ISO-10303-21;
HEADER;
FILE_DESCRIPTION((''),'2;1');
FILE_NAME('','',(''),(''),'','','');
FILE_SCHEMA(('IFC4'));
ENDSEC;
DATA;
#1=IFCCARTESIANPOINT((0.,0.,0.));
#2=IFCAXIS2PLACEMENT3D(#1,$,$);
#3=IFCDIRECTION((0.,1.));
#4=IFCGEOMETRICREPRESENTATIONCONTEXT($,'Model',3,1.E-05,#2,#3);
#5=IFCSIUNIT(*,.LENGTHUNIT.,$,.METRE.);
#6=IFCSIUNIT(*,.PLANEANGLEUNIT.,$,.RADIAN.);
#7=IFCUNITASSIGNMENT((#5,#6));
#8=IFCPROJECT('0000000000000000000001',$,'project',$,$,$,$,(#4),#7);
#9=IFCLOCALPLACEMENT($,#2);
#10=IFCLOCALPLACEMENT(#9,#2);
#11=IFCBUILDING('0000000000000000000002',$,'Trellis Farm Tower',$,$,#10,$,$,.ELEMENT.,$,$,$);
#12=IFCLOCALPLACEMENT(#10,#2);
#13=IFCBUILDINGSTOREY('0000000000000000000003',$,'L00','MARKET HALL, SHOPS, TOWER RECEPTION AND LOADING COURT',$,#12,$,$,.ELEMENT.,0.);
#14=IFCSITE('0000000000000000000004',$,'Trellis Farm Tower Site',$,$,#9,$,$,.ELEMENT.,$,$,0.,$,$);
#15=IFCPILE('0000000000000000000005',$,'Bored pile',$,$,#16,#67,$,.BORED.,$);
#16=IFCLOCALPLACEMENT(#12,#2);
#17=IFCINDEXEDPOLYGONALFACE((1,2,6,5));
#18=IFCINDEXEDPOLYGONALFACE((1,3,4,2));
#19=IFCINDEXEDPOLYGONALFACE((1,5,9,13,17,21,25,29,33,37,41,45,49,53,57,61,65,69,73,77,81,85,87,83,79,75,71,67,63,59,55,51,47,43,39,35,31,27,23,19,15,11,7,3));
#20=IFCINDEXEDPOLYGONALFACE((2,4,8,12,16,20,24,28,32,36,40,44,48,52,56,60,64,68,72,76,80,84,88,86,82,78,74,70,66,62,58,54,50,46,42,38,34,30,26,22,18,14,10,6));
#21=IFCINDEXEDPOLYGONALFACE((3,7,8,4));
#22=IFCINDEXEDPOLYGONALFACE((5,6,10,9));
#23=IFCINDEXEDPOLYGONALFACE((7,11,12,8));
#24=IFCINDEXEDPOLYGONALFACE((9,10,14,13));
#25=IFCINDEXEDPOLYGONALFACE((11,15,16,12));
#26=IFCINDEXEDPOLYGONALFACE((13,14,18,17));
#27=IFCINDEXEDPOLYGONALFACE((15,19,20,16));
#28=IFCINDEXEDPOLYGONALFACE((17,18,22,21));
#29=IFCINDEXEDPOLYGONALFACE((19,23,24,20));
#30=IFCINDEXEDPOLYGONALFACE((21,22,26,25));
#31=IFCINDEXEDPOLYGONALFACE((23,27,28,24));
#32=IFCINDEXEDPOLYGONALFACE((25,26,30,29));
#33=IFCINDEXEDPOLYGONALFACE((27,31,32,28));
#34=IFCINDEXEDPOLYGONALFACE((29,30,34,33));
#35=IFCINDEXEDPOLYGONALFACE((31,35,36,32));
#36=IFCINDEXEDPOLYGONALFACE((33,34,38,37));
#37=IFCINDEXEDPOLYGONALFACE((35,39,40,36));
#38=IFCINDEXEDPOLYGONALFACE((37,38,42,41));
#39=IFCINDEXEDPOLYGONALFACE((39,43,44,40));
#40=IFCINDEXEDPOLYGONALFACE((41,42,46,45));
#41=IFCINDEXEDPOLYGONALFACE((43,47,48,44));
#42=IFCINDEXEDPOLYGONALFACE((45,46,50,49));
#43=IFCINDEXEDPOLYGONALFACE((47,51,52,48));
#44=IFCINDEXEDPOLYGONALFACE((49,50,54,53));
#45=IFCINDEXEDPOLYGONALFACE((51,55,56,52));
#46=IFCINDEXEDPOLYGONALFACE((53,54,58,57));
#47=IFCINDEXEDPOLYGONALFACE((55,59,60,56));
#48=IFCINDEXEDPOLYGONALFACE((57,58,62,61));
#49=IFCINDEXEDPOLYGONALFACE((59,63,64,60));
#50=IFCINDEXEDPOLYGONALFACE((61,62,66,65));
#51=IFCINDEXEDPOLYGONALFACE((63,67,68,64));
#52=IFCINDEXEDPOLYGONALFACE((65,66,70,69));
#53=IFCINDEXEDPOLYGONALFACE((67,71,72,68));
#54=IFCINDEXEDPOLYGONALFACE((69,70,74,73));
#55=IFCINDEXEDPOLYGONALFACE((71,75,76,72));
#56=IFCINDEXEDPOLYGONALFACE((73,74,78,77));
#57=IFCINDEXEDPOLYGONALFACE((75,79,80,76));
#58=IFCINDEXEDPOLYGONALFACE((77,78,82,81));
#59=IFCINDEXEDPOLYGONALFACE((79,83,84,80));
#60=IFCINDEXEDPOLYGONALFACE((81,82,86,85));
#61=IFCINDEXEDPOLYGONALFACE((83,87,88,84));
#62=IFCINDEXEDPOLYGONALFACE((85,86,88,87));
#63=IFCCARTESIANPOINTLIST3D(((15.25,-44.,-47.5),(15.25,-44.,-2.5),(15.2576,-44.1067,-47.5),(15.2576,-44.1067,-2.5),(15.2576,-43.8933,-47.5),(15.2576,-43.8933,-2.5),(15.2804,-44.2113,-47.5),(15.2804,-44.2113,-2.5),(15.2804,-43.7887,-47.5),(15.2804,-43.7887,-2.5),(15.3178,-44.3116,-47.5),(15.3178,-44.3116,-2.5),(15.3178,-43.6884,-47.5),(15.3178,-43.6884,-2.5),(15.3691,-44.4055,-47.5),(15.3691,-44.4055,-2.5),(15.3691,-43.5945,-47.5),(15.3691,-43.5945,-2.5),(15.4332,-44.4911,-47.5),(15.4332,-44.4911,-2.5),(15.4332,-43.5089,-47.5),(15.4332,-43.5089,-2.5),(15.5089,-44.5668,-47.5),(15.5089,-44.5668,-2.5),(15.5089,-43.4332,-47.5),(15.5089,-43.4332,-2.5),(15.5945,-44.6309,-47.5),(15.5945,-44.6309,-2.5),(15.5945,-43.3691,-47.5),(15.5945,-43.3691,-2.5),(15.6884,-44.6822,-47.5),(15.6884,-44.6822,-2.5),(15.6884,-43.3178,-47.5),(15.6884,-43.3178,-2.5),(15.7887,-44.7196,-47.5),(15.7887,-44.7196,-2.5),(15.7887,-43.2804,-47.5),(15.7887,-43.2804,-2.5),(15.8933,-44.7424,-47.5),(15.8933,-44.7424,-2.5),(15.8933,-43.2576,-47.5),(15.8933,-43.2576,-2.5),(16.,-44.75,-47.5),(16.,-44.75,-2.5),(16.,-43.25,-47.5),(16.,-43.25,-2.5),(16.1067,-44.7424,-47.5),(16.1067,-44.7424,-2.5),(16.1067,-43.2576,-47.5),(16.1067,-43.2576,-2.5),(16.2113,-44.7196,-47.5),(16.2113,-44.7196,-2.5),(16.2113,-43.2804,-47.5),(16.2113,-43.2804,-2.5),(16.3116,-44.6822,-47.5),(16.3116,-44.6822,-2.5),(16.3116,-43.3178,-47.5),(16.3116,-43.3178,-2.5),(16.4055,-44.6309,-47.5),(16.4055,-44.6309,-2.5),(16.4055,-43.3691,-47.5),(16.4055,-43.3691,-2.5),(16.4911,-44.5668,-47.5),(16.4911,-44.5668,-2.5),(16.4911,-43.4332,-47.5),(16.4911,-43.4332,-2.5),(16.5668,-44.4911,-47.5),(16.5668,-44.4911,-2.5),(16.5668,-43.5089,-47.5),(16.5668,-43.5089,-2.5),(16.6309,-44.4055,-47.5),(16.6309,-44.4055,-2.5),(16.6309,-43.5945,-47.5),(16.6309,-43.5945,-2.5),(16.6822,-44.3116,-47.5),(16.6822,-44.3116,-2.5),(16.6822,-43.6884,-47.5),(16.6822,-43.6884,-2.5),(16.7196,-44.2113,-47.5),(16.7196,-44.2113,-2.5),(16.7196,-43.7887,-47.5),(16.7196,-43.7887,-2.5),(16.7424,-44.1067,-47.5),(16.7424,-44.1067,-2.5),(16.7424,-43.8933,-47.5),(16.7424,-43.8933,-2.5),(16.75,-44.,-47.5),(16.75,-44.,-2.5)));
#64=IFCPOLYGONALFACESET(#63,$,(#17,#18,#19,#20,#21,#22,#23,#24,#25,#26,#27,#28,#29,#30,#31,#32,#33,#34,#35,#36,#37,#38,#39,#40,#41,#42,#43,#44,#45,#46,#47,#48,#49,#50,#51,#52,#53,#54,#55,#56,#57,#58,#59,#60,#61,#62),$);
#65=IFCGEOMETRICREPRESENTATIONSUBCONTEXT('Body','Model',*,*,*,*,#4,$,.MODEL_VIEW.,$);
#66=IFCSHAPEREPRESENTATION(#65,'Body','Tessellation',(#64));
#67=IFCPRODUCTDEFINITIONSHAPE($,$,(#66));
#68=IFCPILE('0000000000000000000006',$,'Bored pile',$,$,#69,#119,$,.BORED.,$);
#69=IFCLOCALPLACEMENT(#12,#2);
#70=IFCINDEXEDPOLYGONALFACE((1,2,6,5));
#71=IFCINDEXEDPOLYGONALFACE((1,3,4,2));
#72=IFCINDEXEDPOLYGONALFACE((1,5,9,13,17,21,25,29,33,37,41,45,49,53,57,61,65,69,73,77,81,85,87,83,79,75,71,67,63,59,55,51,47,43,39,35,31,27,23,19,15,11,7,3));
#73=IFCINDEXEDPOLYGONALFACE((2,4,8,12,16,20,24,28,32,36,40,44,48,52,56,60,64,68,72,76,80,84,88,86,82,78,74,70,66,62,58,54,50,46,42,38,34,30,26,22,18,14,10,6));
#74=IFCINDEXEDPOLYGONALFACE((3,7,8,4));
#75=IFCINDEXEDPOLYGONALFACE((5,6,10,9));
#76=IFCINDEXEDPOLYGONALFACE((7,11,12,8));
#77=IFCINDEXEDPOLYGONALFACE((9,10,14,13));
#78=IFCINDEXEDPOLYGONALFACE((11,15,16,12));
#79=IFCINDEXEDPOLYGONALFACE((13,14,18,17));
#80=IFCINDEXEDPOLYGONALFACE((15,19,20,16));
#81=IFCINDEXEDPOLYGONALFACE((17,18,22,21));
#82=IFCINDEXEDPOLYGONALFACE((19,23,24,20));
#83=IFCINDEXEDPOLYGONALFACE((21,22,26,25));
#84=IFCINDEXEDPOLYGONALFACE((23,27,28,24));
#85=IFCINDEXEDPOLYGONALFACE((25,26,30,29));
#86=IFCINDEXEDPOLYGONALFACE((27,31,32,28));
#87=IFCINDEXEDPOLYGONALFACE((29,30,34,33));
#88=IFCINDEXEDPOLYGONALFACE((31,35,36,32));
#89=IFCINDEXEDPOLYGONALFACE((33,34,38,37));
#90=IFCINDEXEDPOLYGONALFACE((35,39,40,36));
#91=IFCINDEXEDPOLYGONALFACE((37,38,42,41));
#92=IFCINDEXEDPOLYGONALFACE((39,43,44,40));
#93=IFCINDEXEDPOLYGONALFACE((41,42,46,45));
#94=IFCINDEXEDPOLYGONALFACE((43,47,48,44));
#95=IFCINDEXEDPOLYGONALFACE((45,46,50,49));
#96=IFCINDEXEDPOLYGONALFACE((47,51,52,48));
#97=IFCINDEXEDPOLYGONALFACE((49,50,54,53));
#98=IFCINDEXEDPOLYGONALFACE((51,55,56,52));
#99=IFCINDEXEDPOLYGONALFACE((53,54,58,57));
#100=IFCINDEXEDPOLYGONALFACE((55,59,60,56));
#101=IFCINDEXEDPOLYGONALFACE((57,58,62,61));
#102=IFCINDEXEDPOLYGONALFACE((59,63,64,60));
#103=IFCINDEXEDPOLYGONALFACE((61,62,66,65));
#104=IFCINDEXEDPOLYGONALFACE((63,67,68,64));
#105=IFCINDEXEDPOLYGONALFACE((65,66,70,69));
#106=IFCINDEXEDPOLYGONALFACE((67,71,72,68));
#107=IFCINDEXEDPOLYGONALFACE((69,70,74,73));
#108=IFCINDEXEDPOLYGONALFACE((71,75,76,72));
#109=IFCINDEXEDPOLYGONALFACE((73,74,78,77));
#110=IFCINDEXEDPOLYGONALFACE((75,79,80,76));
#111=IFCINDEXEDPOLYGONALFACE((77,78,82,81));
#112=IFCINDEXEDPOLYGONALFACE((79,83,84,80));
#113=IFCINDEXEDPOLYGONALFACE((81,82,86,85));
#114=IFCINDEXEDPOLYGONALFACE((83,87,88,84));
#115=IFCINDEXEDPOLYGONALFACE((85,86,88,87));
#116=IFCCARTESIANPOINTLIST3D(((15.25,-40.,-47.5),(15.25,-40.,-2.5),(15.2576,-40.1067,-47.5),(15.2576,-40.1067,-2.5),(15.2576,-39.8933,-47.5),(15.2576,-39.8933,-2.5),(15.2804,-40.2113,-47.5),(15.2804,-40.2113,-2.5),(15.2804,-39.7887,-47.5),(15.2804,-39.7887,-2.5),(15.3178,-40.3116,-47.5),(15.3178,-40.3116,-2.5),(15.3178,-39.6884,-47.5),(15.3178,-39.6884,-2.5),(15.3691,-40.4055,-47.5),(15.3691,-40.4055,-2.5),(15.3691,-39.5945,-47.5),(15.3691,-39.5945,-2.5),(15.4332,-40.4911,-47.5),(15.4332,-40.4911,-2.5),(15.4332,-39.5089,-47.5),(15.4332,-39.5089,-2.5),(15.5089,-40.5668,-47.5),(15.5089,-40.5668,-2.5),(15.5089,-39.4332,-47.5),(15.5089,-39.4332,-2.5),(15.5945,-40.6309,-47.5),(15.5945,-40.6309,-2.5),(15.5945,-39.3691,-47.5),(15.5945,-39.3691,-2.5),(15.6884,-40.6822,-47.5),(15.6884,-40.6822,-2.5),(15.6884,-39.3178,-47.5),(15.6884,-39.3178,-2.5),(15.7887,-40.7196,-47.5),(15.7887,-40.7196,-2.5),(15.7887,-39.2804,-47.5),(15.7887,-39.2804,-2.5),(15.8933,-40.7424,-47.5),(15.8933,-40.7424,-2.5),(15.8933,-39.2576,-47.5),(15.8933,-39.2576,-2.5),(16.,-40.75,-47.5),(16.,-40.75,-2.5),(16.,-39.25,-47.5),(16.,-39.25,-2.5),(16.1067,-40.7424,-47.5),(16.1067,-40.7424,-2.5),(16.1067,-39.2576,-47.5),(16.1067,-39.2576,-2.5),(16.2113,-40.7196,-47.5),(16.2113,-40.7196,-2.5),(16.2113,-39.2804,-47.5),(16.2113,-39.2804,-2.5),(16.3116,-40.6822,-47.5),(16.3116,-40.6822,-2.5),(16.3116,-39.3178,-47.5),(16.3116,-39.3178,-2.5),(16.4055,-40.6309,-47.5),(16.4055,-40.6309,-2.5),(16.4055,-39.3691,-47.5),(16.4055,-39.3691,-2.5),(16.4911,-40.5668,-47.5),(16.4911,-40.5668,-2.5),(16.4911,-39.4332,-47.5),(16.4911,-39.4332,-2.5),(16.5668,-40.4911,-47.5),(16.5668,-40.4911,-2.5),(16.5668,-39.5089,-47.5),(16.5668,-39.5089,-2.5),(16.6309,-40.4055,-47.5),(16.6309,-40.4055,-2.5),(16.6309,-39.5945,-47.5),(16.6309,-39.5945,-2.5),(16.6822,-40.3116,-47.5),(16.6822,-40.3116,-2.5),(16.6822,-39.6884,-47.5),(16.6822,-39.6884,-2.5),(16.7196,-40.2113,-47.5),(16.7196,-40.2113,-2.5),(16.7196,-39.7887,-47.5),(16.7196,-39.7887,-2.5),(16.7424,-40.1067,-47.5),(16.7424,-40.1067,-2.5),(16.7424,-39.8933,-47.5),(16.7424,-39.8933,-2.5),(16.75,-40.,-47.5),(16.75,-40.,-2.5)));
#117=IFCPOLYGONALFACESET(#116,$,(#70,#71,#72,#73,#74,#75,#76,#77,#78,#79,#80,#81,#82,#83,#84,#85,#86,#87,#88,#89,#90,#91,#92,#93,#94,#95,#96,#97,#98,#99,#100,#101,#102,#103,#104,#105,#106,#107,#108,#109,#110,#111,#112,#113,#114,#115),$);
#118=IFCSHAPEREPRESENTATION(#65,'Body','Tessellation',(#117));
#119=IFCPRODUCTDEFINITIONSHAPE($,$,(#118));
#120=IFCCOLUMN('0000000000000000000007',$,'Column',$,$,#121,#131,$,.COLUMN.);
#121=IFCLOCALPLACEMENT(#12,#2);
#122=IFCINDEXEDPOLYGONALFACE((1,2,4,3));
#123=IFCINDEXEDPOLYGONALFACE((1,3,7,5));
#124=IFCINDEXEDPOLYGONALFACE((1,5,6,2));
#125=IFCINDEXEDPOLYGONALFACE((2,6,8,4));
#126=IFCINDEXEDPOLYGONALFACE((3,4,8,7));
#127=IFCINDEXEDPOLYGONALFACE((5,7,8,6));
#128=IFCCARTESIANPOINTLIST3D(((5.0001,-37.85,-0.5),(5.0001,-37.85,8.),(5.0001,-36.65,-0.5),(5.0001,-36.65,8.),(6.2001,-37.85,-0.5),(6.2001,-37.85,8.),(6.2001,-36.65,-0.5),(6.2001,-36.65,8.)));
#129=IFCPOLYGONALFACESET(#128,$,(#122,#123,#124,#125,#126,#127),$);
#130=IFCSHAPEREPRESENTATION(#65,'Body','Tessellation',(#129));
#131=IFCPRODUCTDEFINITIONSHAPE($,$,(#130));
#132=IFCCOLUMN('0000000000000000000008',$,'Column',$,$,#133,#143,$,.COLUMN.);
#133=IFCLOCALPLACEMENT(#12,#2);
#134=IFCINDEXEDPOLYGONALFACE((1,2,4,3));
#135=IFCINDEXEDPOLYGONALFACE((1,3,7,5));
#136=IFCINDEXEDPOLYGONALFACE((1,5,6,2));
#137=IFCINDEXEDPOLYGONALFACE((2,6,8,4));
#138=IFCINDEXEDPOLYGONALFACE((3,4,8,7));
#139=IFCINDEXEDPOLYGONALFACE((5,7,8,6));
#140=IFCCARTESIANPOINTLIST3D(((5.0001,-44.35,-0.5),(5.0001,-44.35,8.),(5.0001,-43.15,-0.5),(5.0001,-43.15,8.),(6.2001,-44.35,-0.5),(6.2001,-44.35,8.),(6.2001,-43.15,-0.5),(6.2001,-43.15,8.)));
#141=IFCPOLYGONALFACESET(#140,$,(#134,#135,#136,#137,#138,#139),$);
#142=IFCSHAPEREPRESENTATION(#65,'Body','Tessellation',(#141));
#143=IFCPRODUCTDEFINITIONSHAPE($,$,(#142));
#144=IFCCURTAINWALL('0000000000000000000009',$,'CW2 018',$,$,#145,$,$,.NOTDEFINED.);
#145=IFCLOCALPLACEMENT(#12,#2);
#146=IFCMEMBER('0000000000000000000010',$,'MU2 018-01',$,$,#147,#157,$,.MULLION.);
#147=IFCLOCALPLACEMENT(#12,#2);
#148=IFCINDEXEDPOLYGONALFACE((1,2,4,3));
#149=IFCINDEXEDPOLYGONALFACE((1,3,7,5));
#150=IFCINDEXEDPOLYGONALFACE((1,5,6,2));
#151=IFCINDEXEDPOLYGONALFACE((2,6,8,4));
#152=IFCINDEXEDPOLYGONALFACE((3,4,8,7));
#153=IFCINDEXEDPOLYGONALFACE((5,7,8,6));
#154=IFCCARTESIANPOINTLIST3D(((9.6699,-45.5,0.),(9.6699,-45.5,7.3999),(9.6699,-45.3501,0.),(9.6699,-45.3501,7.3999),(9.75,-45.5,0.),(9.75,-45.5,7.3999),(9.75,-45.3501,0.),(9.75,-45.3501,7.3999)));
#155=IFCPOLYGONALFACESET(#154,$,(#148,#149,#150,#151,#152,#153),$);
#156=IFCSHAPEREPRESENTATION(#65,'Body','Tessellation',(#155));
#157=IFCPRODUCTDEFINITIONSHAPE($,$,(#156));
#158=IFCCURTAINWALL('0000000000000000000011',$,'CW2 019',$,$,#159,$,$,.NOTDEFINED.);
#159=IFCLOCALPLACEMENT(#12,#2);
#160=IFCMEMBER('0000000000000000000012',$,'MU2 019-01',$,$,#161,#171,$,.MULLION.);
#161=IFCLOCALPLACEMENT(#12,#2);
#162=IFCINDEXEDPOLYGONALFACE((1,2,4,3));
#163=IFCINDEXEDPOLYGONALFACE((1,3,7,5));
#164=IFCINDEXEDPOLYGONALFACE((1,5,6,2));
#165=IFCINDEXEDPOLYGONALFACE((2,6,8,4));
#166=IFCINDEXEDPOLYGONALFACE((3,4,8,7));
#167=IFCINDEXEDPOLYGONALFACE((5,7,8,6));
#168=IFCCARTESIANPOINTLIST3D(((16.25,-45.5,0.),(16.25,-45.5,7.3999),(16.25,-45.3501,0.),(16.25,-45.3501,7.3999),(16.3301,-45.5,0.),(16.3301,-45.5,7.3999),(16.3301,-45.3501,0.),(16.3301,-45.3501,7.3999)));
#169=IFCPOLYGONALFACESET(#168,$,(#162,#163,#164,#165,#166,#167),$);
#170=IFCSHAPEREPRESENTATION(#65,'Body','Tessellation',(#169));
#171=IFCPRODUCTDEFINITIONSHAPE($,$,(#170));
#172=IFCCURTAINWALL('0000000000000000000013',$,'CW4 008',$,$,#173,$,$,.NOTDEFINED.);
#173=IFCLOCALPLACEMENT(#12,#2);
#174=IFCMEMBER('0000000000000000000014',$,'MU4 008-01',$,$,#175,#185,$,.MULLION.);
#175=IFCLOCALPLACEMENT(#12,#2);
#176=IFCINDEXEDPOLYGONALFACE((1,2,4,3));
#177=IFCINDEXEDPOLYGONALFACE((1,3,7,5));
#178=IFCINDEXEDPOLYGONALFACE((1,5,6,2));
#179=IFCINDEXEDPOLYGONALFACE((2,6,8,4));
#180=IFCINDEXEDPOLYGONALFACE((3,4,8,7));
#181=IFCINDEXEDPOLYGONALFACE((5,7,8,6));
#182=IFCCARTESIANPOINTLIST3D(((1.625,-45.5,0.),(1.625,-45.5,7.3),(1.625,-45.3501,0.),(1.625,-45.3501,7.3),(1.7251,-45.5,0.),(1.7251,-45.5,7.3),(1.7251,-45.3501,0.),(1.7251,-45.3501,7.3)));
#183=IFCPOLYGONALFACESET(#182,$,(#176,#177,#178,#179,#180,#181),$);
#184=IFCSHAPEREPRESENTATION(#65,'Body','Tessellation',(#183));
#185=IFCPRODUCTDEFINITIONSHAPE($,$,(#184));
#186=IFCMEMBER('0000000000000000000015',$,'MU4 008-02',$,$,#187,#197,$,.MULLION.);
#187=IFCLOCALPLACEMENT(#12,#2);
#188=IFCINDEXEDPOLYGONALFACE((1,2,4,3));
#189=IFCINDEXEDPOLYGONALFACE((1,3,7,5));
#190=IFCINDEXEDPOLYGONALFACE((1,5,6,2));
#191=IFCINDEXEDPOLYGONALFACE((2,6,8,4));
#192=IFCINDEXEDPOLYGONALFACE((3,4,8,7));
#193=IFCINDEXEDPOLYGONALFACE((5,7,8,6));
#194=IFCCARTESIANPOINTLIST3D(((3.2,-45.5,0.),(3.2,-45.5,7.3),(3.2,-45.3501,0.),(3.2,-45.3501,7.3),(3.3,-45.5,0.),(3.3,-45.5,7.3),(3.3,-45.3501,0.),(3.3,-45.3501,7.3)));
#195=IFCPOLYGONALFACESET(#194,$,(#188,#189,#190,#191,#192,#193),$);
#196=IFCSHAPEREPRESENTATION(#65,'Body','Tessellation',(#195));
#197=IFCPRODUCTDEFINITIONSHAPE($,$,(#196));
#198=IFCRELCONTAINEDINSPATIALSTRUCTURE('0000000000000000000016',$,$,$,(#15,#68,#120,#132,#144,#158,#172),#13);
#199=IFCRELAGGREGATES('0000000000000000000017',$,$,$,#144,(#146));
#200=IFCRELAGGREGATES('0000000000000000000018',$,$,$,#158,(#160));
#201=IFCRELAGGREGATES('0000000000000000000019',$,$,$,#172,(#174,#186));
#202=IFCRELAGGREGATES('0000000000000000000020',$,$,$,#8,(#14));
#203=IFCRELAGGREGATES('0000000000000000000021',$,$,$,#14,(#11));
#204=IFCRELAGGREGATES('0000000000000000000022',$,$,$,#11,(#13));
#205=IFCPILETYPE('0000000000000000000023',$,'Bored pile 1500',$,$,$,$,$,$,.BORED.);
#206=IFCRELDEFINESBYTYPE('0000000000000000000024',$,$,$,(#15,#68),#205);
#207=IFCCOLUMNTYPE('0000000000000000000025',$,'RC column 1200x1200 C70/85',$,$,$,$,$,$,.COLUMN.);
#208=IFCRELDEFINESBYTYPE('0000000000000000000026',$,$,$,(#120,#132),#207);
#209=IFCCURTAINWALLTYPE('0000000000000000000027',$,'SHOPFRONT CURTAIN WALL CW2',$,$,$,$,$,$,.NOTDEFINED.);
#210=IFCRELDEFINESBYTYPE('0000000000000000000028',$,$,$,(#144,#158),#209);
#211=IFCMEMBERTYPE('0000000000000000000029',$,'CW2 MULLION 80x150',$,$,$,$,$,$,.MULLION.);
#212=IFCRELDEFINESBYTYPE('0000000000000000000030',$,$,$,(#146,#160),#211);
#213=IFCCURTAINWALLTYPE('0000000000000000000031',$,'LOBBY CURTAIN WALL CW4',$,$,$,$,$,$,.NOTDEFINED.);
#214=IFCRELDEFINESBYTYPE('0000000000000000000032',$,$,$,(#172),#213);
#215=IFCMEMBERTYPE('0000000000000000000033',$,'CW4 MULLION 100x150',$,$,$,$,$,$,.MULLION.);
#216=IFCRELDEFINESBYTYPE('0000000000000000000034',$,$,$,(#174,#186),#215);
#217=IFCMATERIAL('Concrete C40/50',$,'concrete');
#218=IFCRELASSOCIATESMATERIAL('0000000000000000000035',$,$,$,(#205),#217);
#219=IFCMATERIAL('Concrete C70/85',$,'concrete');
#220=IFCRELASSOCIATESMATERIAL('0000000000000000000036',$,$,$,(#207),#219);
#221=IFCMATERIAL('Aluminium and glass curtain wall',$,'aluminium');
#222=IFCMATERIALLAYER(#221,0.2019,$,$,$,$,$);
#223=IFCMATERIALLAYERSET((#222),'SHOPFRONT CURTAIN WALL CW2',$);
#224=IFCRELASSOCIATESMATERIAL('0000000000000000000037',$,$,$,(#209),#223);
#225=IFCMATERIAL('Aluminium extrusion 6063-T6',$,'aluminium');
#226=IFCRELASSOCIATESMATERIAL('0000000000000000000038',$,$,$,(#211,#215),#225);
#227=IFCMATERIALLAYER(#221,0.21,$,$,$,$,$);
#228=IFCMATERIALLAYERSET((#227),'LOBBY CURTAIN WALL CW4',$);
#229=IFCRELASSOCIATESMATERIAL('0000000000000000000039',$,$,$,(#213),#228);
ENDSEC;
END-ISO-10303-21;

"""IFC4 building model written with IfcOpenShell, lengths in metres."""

from ifc_helpers import new_model, si_unit, direction, frame, origin, origin_2d, place, context, subcontext, project, spatial, rectangle, circle, extrude, source, transform, mapped, material, layer, layer_set, material_profile, profile_set, type_object, element, aggregate, save


model = new_model("IFC4")

# Units and contexts
model_context = context("Model", 3, precision=1e-05, world=origin(), true_north=direction((0.0, 1.0)))
body_context = subcontext(model_context, "Body", "Model", "MODEL_VIEW")
ifc_project = project(units=[si_unit("LENGTHUNIT", "METRE"), si_unit("PLANEANGLEUNIT", "RADIAN")], contexts=[model_context])

# Site, building, storey
site_placement = place(None, origin())
site = spatial("IfcSite", under=ifc_project, at=site_placement, Name="Trellis Farm Tower Site", CompositionType="ELEMENT", RefElevation=0.0)
building_placement = place(site_placement, origin())
building = spatial("IfcBuilding", under=site, at=building_placement, Name="Trellis Farm Tower", CompositionType="ELEMENT")
storey_placement = place(building_placement, origin())
storey = spatial("IfcBuildingStorey", under=building, at=storey_placement, Name="L00", Description="MARKET HALL, SHOPS, TOWER RECEPTION AND LOADING COURT", CompositionType="ELEMENT", Elevation=0.0)

# Piles
ifc_material_1 = material(Name="Concrete C40/50", Category="concrete")
ifc_material_profile_1 = material_profile(ifc_material_1, circle(Radius=0.75, at=origin_2d()), Name="Bored pile 1500")
ifc_profile_set_1 = profile_set([ifc_material_profile_1], Name="Concrete C40/50")
pile_type = type_object("IfcPileType", Name="Bored pile 1500", PredefinedType="BORED", material=ifc_profile_set_1)
shared_shape_1 = source(origin(), body_context, "Body", "SweptSolid", [
    extrude(circle(Radius=0.75, at=origin_2d()), origin(), (0.0, 0.0, 1.0), 45.0),
])
for number, where, z_axis, x_axis, name in (
    (1, (16.0, -44.0, -2.5), (0.0, 0.0, -1.0), (1.0, 0.0, 0.0), "Bored pile"),
    (2, (16.0, -40.0, -2.5), (0.0, 0.0, -1.0), (1.0, 0.0, 0.0), "Bored pile"),
):
    element("IfcPile", number, at=place(storey_placement, frame(where, z_axis=z_axis, x_axis=x_axis)), inside=storey, type_object=pile_type, Name=name, PredefinedType="BORED", context=body_context, shape_type="MappedRepresentation", body=[
        mapped(shared_shape_1, transform((0.0, 0.0, 0.0))),
    ])

# Columns
ifc_material_2 = material(Name="Concrete C70/85", Category="concrete")
ifc_material_profile_2 = material_profile(ifc_material_2, rectangle(XDim=1.2, YDim=1.2, at=origin_2d()), Name="RC column 1200x1200 C70/85")
ifc_profile_set_2 = profile_set([ifc_material_profile_2], Name="Concrete C70/85")
column_type = type_object("IfcColumnType", Name="RC column 1200x1200 C70/85", PredefinedType="COLUMN", material=ifc_profile_set_2)
shared_shape_2 = source(origin(), body_context, "Body", "SweptSolid", [
    extrude(rectangle(XDim=1.2, YDim=1.2, at=origin_2d()), origin(), (0.0, 0.0, 1.0), 8.5),
])
for number, where, z_axis, x_axis, name in (
    (3, (5.6001, -37.25, -0.5), (0.0, 0.0, 1.0), (1.0, 0.0, 0.0), "Column"),
    (4, (5.6001, -43.75, -0.5), (0.0, 0.0, 1.0), (1.0, 0.0, 0.0), "Column"),
):
    element("IfcColumn", number, at=place(storey_placement, frame(where, z_axis=z_axis, x_axis=x_axis)), inside=storey, type_object=column_type, Name=name, PredefinedType="COLUMN", context=body_context, shape_type="MappedRepresentation", body=[
        mapped(shared_shape_2, transform((0.0, 0.0, 0.0))),
    ])

# Curtain walls, members
ifc_material_3 = material(Name="Aluminium and glass curtain wall", Category="aluminium")
ifc_layer_1 = layer(ifc_material_3, 0.2019)
ifc_layer_set_1 = layer_set([ifc_layer_1], Name="SHOPFRONT CURTAIN WALL CW2")
curtain_wall_type_1 = type_object("IfcCurtainWallType", Name="SHOPFRONT CURTAIN WALL CW2", PredefinedType="NOTDEFINED", material=ifc_layer_set_1)
placement = place(storey_placement, origin())
curtain_wall_1 = element("IfcCurtainWall", 5, at=placement, inside=storey, type_object=curtain_wall_type_1, Name="CW2 018", PredefinedType="NOTDEFINED")
ifc_material_4 = material(Name="Aluminium extrusion 6063-T6", Category="aluminium")
ifc_material_profile_3 = material_profile(ifc_material_4, rectangle(XDim=0.0801, YDim=0.1499, at=origin_2d()), Name="MULLION 80x150")
ifc_profile_set_3 = profile_set([ifc_material_profile_3], Name="Aluminium extrusion 6063-T6")
member_type_1 = type_object("IfcMemberType", Name="CW2 MULLION 80x150", PredefinedType="MULLION", material=ifc_profile_set_3)
shared_shape_3 = source(origin(), body_context, "Body", "SweptSolid", [
    extrude(rectangle(XDim=0.0801, YDim=0.1499, at=origin_2d()), origin(), (0.0, 0.0, 1.0), 7.3999),
])
member_1_placement = place(storey_placement, frame((9.71, -45.425, 0.0), z_axis=(0.0, 0.0, 1.0), x_axis=(1.0, 0.0, 0.0)))
member_1 = element("IfcMember", 6, at=member_1_placement, type_object=member_type_1, Name="MU2 018-01", PredefinedType="MULLION", context=body_context, shape_type="MappedRepresentation", body=[
    mapped(shared_shape_3, transform((0.0, 0.0, 0.0))),
])
aggregate(curtain_wall_1, [member_1])
curtain_wall_2 = element("IfcCurtainWall", 7, at=placement, inside=storey, type_object=curtain_wall_type_1, Name="CW2 019", PredefinedType="NOTDEFINED")
member_2_placement = place(storey_placement, frame((16.29, -45.425, 0.0), z_axis=(0.0, 0.0, 1.0), x_axis=(1.0, 0.0, 0.0)))
member_2 = element("IfcMember", 8, at=member_2_placement, type_object=member_type_1, Name="MU2 019-01", PredefinedType="MULLION", context=body_context, shape_type="MappedRepresentation", body=[
    mapped(shared_shape_3, transform((0.0, 0.0, 0.0))),
])
aggregate(curtain_wall_2, [member_2])

# Curtain wall, members
ifc_layer_2 = layer(ifc_material_3, 0.21)
ifc_layer_set_2 = layer_set([ifc_layer_2], Name="LOBBY CURTAIN WALL CW4")
curtain_wall_type_2 = type_object("IfcCurtainWallType", Name="LOBBY CURTAIN WALL CW4", PredefinedType="NOTDEFINED", material=ifc_layer_set_2)
curtain_wall_3 = element("IfcCurtainWall", 9, at=placement, inside=storey, type_object=curtain_wall_type_2, Name="CW4 008", PredefinedType="NOTDEFINED")
ifc_material_profile_4 = material_profile(ifc_material_4, rectangle(XDim=0.1001, YDim=0.1499, at=origin_2d()), Name="MULLION 100x150")
ifc_profile_set_4 = profile_set([ifc_material_profile_4], Name="Aluminium extrusion 6063-T6")
member_type_2 = type_object("IfcMemberType", Name="CW4 MULLION 100x150", PredefinedType="MULLION", material=ifc_profile_set_4)
shared_shape_4 = source(origin(), body_context, "Body", "SweptSolid", [
    extrude(rectangle(XDim=0.1001, YDim=0.1499, at=origin_2d()), origin(), (0.0, 0.0, 1.0), 7.3),
])
member_3_placement = place(storey_placement, frame((1.675, -45.425, 0.0), z_axis=(0.0, 0.0, 1.0), x_axis=(1.0, 0.0, 0.0)))
member_3 = element("IfcMember", 10, at=member_3_placement, type_object=member_type_2, Name="MU4 008-01", PredefinedType="MULLION", context=body_context, shape_type="MappedRepresentation", body=[
    mapped(shared_shape_4, transform((0.0, 0.0, 0.0))),
])
member_4_placement = place(storey_placement, frame((3.25, -45.425, 0.0), z_axis=(0.0, 0.0, 1.0), x_axis=(1.0, 0.0, 0.0)))
member_4 = element("IfcMember", 11, at=member_4_placement, type_object=member_type_2, Name="MU4 008-02", PredefinedType="MULLION", context=body_context, shape_type="MappedRepresentation", body=[
    mapped(shared_shape_4, transform((0.0, 0.0, 0.0))),
])
aggregate(curtain_wall_3, [member_3, member_4])

save(model, "model.ifc")
